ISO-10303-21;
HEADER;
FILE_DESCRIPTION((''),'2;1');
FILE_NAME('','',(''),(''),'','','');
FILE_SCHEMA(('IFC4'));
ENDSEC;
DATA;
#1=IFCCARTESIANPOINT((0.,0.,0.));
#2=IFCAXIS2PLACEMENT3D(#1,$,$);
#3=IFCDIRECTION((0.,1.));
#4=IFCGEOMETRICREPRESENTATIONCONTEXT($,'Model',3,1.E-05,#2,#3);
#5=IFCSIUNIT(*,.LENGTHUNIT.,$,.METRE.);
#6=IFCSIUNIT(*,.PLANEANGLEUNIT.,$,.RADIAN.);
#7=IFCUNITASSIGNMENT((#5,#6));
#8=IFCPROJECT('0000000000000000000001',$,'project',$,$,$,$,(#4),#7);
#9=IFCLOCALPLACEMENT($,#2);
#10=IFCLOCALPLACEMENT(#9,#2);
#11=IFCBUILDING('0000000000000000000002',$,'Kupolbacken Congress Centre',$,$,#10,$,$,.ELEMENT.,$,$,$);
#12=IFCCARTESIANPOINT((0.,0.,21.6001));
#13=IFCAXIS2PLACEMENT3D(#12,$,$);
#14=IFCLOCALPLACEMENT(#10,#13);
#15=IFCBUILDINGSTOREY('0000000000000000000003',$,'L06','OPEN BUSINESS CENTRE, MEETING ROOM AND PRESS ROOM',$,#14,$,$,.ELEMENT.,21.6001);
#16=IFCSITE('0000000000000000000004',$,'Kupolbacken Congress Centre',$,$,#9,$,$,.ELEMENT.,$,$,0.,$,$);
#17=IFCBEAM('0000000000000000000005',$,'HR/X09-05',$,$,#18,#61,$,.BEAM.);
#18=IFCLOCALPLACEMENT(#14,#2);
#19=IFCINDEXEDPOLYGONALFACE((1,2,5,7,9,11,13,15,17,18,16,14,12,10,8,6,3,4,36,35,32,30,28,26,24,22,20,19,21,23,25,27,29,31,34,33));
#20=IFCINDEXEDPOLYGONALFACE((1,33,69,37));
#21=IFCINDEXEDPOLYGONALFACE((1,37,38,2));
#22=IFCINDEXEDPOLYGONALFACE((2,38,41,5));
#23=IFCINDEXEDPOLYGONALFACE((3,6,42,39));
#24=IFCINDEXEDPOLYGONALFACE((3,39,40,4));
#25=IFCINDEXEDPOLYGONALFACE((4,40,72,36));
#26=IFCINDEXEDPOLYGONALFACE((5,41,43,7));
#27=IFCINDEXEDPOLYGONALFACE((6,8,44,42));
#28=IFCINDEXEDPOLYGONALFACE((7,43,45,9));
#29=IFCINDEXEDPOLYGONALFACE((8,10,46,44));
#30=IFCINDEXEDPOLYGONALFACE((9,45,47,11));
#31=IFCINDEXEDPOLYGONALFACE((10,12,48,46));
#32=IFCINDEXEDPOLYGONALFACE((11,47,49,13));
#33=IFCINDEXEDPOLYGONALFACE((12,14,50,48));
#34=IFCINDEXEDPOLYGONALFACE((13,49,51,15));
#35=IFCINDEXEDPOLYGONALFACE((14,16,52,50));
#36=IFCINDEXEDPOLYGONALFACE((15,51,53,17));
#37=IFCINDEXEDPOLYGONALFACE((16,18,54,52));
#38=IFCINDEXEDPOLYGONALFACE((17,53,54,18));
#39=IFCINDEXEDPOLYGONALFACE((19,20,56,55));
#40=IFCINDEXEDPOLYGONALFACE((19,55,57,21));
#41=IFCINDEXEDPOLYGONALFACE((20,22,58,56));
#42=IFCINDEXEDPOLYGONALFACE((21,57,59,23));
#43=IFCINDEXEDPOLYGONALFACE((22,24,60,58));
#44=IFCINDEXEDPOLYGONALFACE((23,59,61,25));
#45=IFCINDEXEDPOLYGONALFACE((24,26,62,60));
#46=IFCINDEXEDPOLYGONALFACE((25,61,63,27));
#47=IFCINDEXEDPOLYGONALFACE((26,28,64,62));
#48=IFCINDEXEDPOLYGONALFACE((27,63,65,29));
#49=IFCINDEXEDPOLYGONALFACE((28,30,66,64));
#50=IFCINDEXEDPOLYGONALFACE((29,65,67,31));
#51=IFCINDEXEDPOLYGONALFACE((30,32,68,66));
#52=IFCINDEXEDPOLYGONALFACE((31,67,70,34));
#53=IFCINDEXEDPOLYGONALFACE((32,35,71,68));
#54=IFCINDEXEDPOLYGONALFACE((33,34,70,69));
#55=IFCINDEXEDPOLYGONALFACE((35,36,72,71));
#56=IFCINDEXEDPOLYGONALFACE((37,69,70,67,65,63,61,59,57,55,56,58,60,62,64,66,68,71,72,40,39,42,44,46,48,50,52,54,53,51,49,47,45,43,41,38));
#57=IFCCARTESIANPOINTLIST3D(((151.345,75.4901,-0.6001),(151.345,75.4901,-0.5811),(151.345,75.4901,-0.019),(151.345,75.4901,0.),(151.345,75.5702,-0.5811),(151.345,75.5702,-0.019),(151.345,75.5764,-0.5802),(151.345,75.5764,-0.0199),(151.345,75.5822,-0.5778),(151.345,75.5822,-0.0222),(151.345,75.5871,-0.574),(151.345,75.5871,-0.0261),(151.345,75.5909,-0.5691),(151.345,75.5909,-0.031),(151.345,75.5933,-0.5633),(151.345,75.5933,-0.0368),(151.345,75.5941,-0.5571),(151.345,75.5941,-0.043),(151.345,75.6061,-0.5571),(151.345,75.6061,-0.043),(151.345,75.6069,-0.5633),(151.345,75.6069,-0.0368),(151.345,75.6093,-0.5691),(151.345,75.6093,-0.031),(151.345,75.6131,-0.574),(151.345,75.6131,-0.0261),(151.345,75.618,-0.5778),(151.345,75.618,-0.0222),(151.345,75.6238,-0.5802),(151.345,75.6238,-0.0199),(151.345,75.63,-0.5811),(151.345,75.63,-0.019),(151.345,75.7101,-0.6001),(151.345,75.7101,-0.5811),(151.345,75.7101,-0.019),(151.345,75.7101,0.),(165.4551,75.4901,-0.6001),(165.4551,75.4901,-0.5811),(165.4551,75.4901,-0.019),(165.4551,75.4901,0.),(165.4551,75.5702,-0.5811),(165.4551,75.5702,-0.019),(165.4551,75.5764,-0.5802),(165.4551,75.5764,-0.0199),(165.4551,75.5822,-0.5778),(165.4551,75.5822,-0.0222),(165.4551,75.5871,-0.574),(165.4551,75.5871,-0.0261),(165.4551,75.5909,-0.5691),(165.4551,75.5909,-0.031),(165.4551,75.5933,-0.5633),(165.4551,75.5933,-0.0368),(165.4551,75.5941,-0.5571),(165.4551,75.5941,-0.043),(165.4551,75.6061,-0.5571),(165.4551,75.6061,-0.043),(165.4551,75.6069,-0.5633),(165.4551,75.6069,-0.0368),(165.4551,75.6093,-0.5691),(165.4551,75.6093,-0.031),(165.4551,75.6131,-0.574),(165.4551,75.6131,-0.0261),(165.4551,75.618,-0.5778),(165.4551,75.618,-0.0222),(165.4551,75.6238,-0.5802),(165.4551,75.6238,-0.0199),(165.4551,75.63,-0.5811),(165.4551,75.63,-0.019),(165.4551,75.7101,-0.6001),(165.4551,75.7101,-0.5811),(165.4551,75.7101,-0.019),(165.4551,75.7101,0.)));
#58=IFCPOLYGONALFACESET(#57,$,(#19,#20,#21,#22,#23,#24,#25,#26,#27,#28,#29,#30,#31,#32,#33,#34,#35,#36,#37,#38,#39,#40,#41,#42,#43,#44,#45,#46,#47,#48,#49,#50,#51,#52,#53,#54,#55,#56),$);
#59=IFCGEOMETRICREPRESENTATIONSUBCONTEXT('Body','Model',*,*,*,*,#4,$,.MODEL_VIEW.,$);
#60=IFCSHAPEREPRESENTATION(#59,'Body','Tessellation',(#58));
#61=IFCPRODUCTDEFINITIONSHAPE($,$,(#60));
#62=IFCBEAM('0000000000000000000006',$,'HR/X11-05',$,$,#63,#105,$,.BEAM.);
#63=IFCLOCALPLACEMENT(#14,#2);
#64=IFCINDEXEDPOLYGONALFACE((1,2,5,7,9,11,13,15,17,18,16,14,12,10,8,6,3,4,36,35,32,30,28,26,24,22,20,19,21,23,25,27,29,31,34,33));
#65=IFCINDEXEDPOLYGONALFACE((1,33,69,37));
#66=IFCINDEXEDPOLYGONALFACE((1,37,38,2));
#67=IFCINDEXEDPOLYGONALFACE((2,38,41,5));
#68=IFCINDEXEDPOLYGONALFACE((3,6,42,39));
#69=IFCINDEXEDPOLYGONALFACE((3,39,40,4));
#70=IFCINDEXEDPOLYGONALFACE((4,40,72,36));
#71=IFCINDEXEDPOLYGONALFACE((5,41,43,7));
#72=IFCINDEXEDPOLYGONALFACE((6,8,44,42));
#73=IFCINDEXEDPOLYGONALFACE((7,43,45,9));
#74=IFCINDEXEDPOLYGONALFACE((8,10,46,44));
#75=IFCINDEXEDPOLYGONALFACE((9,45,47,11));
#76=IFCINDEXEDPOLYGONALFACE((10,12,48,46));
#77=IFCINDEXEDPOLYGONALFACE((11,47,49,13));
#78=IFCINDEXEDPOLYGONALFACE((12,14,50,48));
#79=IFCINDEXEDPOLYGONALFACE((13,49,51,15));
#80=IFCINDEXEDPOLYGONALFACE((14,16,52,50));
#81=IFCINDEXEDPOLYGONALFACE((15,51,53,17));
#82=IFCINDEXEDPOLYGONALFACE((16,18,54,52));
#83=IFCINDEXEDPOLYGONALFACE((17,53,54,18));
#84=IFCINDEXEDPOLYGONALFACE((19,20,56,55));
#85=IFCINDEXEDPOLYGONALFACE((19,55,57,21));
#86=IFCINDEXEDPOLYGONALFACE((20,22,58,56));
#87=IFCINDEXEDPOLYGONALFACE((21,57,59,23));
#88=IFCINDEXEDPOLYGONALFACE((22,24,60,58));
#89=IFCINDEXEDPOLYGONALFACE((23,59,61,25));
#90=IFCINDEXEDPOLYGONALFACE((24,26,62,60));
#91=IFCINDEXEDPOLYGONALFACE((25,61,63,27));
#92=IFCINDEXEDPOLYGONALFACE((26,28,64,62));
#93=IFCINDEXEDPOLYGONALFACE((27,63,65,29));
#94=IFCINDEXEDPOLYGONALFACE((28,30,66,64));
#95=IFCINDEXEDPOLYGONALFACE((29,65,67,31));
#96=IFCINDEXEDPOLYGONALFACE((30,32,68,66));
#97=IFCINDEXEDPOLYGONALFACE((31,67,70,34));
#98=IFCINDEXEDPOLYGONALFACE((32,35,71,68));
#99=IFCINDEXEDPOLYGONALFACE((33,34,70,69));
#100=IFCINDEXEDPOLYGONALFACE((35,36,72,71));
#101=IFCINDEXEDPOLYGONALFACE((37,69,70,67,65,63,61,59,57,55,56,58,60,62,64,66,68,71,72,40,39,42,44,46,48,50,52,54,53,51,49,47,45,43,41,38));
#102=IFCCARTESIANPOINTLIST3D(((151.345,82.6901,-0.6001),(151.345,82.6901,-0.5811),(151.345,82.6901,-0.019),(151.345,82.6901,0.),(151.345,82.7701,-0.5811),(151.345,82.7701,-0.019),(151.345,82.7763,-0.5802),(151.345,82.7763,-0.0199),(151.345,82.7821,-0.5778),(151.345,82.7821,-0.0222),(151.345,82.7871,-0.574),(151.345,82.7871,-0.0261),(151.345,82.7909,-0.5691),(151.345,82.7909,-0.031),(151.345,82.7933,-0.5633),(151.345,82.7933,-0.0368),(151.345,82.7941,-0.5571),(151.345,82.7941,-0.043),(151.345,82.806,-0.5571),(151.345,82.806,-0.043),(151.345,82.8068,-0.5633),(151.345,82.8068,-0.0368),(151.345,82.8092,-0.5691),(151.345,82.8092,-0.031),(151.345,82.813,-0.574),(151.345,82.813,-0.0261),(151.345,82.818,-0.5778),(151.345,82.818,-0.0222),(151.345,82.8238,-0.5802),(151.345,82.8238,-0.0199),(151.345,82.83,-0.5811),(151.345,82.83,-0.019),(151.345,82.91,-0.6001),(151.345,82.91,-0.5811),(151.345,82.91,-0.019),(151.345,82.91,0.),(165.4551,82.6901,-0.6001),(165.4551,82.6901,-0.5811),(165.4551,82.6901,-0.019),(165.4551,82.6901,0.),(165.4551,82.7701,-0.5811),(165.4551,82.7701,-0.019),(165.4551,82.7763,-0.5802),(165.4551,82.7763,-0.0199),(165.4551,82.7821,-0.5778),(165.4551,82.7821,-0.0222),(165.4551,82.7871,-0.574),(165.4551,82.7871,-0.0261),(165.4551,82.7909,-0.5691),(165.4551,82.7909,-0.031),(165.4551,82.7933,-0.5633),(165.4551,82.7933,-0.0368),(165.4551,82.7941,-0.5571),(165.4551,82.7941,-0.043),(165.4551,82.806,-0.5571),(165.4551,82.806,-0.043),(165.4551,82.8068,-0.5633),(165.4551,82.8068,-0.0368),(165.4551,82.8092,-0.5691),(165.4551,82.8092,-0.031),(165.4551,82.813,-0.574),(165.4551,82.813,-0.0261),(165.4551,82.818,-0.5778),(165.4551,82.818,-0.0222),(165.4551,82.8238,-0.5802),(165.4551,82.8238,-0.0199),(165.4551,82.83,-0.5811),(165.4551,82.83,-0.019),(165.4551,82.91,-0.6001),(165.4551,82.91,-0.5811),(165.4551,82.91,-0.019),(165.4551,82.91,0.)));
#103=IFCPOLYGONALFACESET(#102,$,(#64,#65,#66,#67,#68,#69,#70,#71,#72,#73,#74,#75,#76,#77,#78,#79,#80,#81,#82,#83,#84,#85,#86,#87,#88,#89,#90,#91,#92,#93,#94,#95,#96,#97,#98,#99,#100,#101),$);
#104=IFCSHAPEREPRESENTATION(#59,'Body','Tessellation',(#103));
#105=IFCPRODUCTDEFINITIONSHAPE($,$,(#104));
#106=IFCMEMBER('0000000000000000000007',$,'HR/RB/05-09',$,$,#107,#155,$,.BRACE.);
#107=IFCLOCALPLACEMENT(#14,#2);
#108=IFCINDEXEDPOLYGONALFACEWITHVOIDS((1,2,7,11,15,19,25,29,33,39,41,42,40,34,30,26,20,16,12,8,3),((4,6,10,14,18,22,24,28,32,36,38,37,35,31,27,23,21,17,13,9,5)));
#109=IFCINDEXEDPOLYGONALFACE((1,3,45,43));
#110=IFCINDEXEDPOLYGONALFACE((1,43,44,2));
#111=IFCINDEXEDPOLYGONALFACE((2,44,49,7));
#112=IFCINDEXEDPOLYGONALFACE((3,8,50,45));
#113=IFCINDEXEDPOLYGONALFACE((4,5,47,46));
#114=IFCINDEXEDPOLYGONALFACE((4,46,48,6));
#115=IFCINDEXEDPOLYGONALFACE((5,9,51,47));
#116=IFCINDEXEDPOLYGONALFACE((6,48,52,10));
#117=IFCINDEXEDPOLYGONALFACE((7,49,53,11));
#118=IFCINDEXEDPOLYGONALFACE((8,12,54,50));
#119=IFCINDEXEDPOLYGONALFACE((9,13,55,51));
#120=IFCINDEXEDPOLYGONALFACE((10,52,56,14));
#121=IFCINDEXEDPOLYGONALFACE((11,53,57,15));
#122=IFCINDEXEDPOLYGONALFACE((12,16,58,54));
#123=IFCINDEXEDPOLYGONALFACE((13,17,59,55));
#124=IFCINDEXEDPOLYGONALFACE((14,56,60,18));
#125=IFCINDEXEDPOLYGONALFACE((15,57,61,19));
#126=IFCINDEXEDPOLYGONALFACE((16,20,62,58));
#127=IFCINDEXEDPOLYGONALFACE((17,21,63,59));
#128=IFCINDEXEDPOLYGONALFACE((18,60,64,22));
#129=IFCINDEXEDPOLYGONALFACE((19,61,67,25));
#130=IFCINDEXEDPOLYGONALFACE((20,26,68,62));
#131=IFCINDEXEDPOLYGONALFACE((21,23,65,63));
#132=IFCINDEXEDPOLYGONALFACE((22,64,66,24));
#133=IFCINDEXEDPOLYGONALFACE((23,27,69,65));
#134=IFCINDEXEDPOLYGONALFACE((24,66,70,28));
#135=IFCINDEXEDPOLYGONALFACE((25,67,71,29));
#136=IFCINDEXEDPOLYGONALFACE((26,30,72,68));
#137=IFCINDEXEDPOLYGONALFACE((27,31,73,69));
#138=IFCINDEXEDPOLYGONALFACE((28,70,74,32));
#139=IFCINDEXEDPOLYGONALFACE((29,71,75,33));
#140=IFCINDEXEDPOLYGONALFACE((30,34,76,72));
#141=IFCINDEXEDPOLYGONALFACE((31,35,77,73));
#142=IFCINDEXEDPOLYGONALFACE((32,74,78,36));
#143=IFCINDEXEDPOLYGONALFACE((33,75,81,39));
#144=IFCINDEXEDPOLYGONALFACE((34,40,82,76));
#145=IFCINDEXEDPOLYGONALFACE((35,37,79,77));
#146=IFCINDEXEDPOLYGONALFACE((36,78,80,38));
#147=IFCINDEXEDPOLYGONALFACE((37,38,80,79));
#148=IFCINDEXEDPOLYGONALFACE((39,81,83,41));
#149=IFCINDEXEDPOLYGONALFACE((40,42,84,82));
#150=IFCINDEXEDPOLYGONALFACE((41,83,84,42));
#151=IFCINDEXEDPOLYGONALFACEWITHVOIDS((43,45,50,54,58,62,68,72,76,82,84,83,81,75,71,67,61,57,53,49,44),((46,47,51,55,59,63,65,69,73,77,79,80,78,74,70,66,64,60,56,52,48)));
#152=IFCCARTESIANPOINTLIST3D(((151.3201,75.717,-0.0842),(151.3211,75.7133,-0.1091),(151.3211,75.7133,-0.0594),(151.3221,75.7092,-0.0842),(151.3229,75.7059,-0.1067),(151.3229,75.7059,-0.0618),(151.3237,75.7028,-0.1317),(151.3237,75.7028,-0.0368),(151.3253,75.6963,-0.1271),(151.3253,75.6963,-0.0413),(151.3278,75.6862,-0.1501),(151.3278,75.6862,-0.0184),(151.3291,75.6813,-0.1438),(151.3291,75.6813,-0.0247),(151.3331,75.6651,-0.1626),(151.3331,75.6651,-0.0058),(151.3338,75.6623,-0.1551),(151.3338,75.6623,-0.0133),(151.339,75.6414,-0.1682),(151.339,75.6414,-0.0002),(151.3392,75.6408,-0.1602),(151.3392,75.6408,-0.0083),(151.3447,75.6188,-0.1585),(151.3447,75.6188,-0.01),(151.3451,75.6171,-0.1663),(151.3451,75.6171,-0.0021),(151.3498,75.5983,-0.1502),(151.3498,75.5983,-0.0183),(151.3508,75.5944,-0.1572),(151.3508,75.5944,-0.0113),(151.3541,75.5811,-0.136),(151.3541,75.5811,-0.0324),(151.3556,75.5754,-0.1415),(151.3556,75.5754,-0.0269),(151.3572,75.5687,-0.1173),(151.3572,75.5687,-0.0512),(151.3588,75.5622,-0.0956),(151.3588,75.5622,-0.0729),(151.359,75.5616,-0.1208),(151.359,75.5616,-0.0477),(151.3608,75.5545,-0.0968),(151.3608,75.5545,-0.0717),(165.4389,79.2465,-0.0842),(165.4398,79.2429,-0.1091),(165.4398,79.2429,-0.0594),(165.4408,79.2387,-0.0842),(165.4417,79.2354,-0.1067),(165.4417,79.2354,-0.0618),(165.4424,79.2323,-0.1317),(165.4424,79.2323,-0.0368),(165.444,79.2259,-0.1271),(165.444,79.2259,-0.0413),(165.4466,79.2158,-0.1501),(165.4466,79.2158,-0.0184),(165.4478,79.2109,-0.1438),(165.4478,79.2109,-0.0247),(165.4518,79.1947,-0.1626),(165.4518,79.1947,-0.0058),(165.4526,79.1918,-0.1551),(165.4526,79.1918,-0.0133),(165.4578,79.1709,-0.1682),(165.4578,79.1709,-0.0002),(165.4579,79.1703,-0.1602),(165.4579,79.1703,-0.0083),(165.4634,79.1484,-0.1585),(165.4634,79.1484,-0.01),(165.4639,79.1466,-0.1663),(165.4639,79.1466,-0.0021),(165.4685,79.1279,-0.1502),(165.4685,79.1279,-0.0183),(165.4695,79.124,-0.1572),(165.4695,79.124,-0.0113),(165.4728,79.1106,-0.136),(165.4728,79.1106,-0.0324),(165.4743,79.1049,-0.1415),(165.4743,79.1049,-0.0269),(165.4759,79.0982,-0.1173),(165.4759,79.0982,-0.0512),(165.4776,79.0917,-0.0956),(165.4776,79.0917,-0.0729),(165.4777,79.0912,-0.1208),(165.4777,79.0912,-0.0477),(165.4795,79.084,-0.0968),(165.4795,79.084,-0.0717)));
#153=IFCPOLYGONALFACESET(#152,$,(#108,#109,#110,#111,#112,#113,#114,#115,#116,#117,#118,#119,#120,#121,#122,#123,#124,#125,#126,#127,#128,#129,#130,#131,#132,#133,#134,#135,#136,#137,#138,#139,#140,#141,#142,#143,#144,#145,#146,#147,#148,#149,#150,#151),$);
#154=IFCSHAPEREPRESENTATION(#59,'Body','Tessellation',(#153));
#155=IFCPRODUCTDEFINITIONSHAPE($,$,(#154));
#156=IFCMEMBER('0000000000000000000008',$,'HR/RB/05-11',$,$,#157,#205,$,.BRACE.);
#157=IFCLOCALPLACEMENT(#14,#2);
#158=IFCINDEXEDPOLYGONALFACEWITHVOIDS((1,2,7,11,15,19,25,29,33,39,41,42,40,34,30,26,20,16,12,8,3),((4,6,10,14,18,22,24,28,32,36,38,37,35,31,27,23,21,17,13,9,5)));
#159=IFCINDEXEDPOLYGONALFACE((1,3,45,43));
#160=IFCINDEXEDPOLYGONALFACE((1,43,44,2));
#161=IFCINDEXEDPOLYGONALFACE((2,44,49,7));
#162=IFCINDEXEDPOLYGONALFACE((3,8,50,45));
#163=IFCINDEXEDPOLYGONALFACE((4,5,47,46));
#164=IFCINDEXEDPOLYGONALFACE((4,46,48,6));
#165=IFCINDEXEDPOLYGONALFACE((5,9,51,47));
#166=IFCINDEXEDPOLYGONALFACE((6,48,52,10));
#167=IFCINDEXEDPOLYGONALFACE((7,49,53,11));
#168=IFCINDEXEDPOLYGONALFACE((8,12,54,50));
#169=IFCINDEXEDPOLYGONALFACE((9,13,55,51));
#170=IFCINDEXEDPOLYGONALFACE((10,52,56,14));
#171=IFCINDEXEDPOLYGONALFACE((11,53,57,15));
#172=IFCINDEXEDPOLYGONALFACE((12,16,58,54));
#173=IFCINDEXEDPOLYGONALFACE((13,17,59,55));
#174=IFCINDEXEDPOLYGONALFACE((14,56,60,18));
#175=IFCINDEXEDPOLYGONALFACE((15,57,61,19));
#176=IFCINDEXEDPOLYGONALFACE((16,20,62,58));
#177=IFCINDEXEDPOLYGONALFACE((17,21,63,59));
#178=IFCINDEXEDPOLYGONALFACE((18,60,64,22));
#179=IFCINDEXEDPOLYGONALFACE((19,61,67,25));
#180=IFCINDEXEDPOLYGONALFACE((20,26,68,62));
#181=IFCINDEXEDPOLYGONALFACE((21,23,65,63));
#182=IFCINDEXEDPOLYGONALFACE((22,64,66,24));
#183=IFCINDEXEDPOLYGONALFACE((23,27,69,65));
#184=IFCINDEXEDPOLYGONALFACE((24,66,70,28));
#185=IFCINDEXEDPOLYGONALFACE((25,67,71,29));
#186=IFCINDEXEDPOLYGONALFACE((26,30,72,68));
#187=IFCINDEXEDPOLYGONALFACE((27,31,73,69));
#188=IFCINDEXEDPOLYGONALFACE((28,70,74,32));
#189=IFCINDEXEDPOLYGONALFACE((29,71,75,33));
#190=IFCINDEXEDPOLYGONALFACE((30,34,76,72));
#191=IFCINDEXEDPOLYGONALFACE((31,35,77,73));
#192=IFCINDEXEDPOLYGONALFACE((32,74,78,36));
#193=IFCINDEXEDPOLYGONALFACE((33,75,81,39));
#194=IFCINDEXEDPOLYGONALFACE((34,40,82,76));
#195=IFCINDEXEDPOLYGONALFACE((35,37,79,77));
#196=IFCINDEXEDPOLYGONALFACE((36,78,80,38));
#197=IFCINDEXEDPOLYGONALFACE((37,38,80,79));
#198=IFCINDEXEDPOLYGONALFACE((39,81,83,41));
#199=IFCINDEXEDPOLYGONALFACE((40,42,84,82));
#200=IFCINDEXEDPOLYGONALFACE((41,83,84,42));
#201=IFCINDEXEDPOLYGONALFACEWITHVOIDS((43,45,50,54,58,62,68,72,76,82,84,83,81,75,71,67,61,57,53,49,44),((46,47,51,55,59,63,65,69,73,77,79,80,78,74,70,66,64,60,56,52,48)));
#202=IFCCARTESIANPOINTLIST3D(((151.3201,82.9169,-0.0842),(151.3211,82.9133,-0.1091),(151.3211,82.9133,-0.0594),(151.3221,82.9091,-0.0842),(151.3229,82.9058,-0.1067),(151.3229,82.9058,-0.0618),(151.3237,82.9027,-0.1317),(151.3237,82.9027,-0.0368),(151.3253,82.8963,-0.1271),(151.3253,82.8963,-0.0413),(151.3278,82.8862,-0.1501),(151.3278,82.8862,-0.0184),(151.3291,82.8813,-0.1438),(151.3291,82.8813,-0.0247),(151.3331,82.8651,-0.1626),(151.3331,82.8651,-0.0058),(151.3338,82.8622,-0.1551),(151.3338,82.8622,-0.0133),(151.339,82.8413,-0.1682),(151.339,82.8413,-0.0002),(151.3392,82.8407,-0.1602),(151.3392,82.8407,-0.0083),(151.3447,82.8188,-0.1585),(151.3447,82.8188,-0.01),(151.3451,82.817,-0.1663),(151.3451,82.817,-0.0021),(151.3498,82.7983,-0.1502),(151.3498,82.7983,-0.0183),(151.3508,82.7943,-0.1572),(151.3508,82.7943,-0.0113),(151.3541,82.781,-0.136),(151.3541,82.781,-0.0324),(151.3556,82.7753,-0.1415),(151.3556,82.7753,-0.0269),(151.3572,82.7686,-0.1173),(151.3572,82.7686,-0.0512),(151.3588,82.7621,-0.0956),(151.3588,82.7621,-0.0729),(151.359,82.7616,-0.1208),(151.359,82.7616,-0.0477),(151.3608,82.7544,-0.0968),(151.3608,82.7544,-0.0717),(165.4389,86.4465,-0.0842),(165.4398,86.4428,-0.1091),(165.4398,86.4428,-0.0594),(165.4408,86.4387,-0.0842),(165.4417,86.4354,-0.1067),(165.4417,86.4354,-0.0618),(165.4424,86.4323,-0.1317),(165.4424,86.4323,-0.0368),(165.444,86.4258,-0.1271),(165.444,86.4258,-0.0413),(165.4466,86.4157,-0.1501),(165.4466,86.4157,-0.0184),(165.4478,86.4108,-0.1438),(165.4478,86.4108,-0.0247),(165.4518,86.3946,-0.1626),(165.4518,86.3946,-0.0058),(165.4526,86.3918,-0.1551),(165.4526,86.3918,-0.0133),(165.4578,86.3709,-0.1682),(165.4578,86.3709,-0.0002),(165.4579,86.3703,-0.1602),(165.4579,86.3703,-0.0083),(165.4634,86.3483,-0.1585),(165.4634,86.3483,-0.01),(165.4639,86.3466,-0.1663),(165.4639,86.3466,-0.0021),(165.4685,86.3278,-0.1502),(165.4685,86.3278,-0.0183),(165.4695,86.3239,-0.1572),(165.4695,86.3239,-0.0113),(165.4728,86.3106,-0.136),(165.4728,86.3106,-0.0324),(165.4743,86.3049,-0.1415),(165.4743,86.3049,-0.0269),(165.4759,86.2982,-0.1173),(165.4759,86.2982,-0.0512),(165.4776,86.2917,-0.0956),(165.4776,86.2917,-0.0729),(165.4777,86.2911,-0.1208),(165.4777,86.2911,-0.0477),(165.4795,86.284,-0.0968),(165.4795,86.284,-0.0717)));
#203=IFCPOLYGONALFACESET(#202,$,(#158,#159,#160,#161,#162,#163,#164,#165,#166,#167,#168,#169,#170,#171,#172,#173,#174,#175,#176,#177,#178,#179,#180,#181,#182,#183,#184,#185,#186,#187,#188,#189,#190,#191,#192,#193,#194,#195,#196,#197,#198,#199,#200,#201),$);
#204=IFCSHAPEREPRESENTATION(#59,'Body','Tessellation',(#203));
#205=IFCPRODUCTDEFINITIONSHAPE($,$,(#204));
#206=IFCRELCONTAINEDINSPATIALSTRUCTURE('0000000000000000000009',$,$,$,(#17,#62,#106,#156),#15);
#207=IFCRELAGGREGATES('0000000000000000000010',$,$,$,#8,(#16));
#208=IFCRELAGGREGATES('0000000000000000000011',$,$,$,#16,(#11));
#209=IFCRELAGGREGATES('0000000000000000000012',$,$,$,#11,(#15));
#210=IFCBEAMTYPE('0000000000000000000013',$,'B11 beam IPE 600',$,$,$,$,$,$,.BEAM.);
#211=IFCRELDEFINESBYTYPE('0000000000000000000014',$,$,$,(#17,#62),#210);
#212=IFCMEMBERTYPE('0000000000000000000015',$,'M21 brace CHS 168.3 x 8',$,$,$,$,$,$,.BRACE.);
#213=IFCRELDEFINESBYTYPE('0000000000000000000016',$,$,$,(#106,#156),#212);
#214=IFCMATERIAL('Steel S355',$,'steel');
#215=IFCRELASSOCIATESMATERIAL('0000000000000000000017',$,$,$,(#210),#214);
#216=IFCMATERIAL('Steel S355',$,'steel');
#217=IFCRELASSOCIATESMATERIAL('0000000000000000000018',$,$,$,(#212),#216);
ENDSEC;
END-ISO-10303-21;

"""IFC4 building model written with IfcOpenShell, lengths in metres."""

from ifc_helpers import new_model, si_unit, direction, frame, origin, origin_2d, place, context, subcontext, project, spatial, hollow_circle, i_section, extrude, material, material_profile, profile_set, type_object, element, save


model = new_model("IFC4")

# Units and contexts
model_context = context("Model", 3, precision=1e-05, world=origin(), true_north=direction((0.0, 1.0)))
body_context = subcontext(model_context, "Body", "Model", "MODEL_VIEW")
ifc_project = project(units=[si_unit("LENGTHUNIT", "METRE"), si_unit("PLANEANGLEUNIT", "RADIAN")], contexts=[model_context])

# Site, building, storey
site_placement = place(None, origin())
site = spatial("IfcSite", under=ifc_project, at=site_placement, Name="Kupolbacken Congress Centre", CompositionType="ELEMENT", RefElevation=0.0)
building_placement = place(site_placement, origin())
building = spatial("IfcBuilding", under=site, at=building_placement, Name="Kupolbacken Congress Centre", CompositionType="ELEMENT")
storey_placement = place(building_placement, frame((0.0, 0.0, 21.6001)))
storey = spatial("IfcBuildingStorey", under=building, at=storey_placement, Name="L06", Description="OPEN BUSINESS CENTRE, MEETING ROOM AND PRESS ROOM", CompositionType="ELEMENT", Elevation=21.6001)

# Beams
ifc_material_1 = material(Name="Steel S355", Category="steel")
ifc_material_profile_1 = material_profile(ifc_material_1, i_section(OverallWidth=0.22, OverallDepth=0.6001, WebThickness=0.012, FlangeThickness=0.019, FilletRadius=0.0239, at=origin_2d()), Name="IPE 600")
ifc_profile_set_1 = profile_set([ifc_material_profile_1], Name="Steel S355")
beam_type_1 = type_object("IfcBeamType", Name="B11 beam IPE 600", PredefinedType="BEAM", material=ifc_profile_set_1)
for number, where, z_axis, x_axis, name in (
    (1, (151.345, 75.6001, -0.3), (1.0, 0.0, 0.0), (0.0, 1.0, 0.0), "HR/X09-05"),
    (2, (151.345, 82.8, -0.3), (1.0, 0.0, 0.0), (0.0, 1.0, 0.0), "HR/X11-05"),
):
    element("IfcBeam", number, at=place(storey_placement, frame(where, z_axis=z_axis, x_axis=x_axis)), inside=storey, type_object=beam_type_1, Name=name, PredefinedType="BEAM", context=body_context, shape_type="SweptSolid", body=[
        extrude(i_section(OverallWidth=0.22, OverallDepth=0.6001, WebThickness=0.012, FlangeThickness=0.019, FilletRadius=0.0239, at=origin_2d()), origin(), (0.0, 0.0, 1.0), 14.1101),
    ])

# Members
ifc_material_2 = material(Name="Steel S355", Category="steel")
ifc_material_profile_2 = material_profile(ifc_material_2, hollow_circle(Radius=0.0842, WallThickness=0.0081, at=origin_2d()), Name="CHS 168.3 x 8")
ifc_profile_set_2 = profile_set([ifc_material_profile_2], Name="Steel S355")
member_type = type_object("IfcMemberType", Name="M21 brace CHS 168.3 x 8", PredefinedType="BRACE", material=ifc_profile_set_2)
for number, where, z_axis, x_axis, name in (
    (3, (151.3406, 75.6353, -0.0842), (0.970144, 0.242528, 0.0), (-0.242528, 0.970144, 0.0), "HR/RB/05-09"),
    (4, (151.3406, 82.8352, -0.0842), (0.970144, 0.242528, 0.0), (-0.242528, 0.970144, 0.0), "HR/RB/05-11"),
):
    element("IfcMember", number, at=place(storey_placement, frame(where, z_axis=z_axis, x_axis=x_axis)), inside=storey, type_object=member_type, Name=name, PredefinedType="BRACE", context=body_context, shape_type="SweptSolid", body=[
        extrude(hollow_circle(Radius=0.0842, WallThickness=0.0081, at=origin_2d()), origin(), (0.0, 0.0, 1.0), 14.5532),
    ])

save(model, "model.ifc")
